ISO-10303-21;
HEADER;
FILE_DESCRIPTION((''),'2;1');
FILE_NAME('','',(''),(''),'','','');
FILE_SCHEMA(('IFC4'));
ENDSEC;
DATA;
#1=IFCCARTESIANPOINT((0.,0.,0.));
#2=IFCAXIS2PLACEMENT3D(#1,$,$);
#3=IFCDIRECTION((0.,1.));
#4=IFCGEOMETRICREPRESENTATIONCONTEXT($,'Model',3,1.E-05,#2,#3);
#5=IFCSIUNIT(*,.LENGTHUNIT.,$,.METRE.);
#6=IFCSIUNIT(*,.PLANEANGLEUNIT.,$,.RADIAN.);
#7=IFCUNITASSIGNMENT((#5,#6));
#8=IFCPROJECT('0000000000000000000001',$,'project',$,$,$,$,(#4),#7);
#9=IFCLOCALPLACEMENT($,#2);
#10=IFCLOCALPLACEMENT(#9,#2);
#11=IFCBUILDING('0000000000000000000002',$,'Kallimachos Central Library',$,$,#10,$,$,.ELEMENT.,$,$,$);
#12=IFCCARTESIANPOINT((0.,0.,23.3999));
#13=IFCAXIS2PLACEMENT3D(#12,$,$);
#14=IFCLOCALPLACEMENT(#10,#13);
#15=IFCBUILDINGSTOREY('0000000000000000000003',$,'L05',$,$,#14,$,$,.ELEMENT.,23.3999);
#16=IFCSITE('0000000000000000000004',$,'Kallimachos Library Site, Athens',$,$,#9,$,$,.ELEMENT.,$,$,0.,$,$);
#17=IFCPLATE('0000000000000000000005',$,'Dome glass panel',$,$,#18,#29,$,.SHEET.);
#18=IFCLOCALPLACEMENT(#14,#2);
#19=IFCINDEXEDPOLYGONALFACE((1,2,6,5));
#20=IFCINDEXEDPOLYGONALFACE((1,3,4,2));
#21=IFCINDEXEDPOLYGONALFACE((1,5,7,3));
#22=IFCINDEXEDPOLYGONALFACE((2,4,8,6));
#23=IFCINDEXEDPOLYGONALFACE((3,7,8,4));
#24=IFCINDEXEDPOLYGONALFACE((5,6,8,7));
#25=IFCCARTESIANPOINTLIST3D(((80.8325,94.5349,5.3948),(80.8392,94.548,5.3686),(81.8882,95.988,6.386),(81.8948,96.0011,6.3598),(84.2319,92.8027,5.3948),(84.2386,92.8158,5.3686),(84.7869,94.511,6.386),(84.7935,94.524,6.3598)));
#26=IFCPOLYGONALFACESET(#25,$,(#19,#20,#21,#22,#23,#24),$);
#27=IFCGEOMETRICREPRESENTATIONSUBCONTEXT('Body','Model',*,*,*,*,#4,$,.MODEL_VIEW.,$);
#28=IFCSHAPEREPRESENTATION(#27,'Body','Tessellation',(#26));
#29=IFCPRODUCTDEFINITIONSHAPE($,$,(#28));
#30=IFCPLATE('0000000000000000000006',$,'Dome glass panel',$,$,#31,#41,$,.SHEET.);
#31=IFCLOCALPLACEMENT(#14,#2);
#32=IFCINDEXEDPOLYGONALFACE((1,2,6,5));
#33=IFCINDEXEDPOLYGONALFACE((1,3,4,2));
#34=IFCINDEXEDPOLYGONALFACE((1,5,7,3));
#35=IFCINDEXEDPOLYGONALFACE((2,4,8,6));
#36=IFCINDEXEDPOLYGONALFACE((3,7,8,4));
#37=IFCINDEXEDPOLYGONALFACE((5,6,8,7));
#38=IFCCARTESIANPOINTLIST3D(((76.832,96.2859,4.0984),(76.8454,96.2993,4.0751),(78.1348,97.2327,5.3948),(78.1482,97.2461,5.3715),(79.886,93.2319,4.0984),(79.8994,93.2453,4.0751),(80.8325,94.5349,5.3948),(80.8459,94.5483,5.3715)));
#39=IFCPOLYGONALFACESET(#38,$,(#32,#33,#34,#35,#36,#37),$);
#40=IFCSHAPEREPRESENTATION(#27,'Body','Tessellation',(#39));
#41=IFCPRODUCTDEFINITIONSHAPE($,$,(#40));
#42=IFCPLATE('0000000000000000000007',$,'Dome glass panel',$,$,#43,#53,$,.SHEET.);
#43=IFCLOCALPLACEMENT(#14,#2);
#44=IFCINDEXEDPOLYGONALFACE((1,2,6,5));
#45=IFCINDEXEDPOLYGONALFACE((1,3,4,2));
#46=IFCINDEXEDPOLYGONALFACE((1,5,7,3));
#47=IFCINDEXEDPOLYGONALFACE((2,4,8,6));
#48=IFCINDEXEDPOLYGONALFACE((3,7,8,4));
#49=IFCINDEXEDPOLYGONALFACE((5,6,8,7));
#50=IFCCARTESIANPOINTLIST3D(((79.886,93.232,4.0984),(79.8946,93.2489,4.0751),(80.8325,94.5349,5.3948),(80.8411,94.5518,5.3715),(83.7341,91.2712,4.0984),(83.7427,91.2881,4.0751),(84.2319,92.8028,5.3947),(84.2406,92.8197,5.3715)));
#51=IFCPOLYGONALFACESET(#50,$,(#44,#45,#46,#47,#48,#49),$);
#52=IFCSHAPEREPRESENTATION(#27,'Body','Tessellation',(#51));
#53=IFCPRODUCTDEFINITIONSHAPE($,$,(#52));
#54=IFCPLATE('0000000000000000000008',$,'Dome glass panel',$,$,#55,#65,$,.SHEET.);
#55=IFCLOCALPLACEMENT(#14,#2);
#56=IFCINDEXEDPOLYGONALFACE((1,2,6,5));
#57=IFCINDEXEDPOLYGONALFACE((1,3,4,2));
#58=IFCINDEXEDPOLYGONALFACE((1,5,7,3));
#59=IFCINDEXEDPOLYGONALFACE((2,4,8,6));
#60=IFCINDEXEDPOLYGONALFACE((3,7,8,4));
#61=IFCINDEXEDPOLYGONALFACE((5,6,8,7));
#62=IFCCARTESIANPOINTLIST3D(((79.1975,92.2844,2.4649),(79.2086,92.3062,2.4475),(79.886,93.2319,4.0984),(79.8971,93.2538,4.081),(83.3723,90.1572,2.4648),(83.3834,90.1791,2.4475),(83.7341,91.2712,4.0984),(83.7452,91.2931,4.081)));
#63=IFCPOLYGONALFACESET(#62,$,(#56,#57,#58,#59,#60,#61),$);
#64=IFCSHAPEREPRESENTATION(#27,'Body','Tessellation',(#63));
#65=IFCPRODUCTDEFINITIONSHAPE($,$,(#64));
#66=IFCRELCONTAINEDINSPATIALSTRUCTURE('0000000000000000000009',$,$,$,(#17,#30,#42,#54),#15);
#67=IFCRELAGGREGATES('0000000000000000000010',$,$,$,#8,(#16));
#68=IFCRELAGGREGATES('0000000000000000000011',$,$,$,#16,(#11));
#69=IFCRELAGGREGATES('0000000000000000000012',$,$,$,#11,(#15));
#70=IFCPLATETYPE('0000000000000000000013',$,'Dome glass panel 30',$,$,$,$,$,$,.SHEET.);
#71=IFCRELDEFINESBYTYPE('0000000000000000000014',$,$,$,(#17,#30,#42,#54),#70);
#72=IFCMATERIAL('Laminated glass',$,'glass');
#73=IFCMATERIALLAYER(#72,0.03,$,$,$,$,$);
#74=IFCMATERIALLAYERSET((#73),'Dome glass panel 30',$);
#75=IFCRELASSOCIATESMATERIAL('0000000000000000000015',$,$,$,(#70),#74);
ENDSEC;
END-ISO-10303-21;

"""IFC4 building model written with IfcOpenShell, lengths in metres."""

from ifc_helpers import new_model, si_unit, direction, frame, origin, place, context, subcontext, project, spatial, polyline, outline, extrude, material, layer, layer_set, type_object, element, save


model = new_model("IFC4")

# Units and contexts
model_context = context("Model", 3, precision=1e-05, world=origin(), true_north=direction((0.0, 1.0)))
body_context = subcontext(model_context, "Body", "Model", "MODEL_VIEW")
ifc_project = project(units=[si_unit("LENGTHUNIT", "METRE"), si_unit("PLANEANGLEUNIT", "RADIAN")], contexts=[model_context])

# Site, building, storey
site_placement = place(None, origin())
site = spatial("IfcSite", under=ifc_project, at=site_placement, Name="Kallimachos Library Site, Athens", CompositionType="ELEMENT", RefElevation=0.0)
building_placement = place(site_placement, origin())
building = spatial("IfcBuilding", under=site, at=building_placement, Name="Kallimachos Central Library", CompositionType="ELEMENT")
storey_placement = place(building_placement, frame((0.0, 0.0, 23.3999)))
storey = spatial("IfcBuildingStorey", under=building, at=storey_placement, Name="L05", CompositionType="ELEMENT", Elevation=23.3999)

# Plates
ifc_material_1 = material(Name="Laminated glass", Category="glass")
ifc_layer = layer(ifc_material_1, 0.03)
ifc_layer_set = layer_set([ifc_layer], Name="Dome glass panel 30")
plate_type = type_object("IfcPlateType", Name="Dome glass panel 30", PredefinedType="SHEET", material=ifc_layer_set)
plate_1_placement = place(storey_placement, frame((81.8882, 95.988, 6.386), z_axis=(-0.221452, -0.434599, 0.872973), x_axis=(-0.51459, -0.708335, -0.483175)))
element("IfcPlate", 1, at=plate_1_placement, inside=storey, type_object=plate_type, Name="Dome glass panel", PredefinedType="SHEET", context=body_context, shape_type="SweptSolid", body=[
    extrude(outline(polyline([(0.0, 0.0), (2.0515, 0.0), (1.5291, 3.7794), (-0.4454, 3.2227), (0.0, 0.0)])), origin(), (0.0, 0.0, -1.0), 0.03),
])
plate_2_placement = place(storey_placement, frame((78.1348, 97.2327, 5.3948), z_axis=(-0.446724, -0.446724, 0.775162), x_axis=(-0.630133, -0.457957, -0.627063)))
element("IfcPlate", 2, at=plate_2_placement, inside=storey, type_object=plate_type, Name="Dome glass panel", PredefinedType="SHEET", context=body_context, shape_type="SweptSolid", body=[
    extrude(outline(polyline([(0.0, 0.0), (2.0674, 0.0), (1.5416, 4.2868), (-0.4645, 3.7868), (0.0, 0.0)])), origin(), (0.0, 0.0, -1.0), 0.03),
])
plate_3_placement = place(storey_placement, frame((80.8325, 94.5349, 5.3948), z_axis=(-0.28682, -0.562907, 0.775158), x_axis=(-0.457824, -0.630229, -0.627064)))
element("IfcPlate", 3, at=plate_3_placement, inside=storey, type_object=plate_type, Name="Dome glass panel", PredefinedType="SHEET", context=body_context, shape_type="SweptSolid", body=[
    extrude(outline(polyline([(0.0, 0.0), (2.0674, 0.0), (1.5413, 4.2867), (-0.4647, 3.7869), (0.0, 0.0)])), origin(), (0.0, 0.0, -1.0), 0.03),
])
plate_4_placement = place(storey_placement, frame((79.886, 93.2319, 4.0984), z_axis=(-0.370496, -0.727139, 0.577928), x_axis=(-0.342524, -0.471398, -0.812688)))
element("IfcPlate", 4, at=plate_4_placement, inside=storey, type_object=plate_type, Name="Dome glass panel", PredefinedType="SHEET", context=body_context, shape_type="SweptSolid", body=[
    extrude(outline(polyline([(0.0, 0.0), (2.01, 0.0), (1.5828, 4.666), (-0.3938, 4.3009), (0.0, 0.0)])), origin(), (0.0, 0.0, -1.0), 0.03),
])

save(model, "model.ifc")
